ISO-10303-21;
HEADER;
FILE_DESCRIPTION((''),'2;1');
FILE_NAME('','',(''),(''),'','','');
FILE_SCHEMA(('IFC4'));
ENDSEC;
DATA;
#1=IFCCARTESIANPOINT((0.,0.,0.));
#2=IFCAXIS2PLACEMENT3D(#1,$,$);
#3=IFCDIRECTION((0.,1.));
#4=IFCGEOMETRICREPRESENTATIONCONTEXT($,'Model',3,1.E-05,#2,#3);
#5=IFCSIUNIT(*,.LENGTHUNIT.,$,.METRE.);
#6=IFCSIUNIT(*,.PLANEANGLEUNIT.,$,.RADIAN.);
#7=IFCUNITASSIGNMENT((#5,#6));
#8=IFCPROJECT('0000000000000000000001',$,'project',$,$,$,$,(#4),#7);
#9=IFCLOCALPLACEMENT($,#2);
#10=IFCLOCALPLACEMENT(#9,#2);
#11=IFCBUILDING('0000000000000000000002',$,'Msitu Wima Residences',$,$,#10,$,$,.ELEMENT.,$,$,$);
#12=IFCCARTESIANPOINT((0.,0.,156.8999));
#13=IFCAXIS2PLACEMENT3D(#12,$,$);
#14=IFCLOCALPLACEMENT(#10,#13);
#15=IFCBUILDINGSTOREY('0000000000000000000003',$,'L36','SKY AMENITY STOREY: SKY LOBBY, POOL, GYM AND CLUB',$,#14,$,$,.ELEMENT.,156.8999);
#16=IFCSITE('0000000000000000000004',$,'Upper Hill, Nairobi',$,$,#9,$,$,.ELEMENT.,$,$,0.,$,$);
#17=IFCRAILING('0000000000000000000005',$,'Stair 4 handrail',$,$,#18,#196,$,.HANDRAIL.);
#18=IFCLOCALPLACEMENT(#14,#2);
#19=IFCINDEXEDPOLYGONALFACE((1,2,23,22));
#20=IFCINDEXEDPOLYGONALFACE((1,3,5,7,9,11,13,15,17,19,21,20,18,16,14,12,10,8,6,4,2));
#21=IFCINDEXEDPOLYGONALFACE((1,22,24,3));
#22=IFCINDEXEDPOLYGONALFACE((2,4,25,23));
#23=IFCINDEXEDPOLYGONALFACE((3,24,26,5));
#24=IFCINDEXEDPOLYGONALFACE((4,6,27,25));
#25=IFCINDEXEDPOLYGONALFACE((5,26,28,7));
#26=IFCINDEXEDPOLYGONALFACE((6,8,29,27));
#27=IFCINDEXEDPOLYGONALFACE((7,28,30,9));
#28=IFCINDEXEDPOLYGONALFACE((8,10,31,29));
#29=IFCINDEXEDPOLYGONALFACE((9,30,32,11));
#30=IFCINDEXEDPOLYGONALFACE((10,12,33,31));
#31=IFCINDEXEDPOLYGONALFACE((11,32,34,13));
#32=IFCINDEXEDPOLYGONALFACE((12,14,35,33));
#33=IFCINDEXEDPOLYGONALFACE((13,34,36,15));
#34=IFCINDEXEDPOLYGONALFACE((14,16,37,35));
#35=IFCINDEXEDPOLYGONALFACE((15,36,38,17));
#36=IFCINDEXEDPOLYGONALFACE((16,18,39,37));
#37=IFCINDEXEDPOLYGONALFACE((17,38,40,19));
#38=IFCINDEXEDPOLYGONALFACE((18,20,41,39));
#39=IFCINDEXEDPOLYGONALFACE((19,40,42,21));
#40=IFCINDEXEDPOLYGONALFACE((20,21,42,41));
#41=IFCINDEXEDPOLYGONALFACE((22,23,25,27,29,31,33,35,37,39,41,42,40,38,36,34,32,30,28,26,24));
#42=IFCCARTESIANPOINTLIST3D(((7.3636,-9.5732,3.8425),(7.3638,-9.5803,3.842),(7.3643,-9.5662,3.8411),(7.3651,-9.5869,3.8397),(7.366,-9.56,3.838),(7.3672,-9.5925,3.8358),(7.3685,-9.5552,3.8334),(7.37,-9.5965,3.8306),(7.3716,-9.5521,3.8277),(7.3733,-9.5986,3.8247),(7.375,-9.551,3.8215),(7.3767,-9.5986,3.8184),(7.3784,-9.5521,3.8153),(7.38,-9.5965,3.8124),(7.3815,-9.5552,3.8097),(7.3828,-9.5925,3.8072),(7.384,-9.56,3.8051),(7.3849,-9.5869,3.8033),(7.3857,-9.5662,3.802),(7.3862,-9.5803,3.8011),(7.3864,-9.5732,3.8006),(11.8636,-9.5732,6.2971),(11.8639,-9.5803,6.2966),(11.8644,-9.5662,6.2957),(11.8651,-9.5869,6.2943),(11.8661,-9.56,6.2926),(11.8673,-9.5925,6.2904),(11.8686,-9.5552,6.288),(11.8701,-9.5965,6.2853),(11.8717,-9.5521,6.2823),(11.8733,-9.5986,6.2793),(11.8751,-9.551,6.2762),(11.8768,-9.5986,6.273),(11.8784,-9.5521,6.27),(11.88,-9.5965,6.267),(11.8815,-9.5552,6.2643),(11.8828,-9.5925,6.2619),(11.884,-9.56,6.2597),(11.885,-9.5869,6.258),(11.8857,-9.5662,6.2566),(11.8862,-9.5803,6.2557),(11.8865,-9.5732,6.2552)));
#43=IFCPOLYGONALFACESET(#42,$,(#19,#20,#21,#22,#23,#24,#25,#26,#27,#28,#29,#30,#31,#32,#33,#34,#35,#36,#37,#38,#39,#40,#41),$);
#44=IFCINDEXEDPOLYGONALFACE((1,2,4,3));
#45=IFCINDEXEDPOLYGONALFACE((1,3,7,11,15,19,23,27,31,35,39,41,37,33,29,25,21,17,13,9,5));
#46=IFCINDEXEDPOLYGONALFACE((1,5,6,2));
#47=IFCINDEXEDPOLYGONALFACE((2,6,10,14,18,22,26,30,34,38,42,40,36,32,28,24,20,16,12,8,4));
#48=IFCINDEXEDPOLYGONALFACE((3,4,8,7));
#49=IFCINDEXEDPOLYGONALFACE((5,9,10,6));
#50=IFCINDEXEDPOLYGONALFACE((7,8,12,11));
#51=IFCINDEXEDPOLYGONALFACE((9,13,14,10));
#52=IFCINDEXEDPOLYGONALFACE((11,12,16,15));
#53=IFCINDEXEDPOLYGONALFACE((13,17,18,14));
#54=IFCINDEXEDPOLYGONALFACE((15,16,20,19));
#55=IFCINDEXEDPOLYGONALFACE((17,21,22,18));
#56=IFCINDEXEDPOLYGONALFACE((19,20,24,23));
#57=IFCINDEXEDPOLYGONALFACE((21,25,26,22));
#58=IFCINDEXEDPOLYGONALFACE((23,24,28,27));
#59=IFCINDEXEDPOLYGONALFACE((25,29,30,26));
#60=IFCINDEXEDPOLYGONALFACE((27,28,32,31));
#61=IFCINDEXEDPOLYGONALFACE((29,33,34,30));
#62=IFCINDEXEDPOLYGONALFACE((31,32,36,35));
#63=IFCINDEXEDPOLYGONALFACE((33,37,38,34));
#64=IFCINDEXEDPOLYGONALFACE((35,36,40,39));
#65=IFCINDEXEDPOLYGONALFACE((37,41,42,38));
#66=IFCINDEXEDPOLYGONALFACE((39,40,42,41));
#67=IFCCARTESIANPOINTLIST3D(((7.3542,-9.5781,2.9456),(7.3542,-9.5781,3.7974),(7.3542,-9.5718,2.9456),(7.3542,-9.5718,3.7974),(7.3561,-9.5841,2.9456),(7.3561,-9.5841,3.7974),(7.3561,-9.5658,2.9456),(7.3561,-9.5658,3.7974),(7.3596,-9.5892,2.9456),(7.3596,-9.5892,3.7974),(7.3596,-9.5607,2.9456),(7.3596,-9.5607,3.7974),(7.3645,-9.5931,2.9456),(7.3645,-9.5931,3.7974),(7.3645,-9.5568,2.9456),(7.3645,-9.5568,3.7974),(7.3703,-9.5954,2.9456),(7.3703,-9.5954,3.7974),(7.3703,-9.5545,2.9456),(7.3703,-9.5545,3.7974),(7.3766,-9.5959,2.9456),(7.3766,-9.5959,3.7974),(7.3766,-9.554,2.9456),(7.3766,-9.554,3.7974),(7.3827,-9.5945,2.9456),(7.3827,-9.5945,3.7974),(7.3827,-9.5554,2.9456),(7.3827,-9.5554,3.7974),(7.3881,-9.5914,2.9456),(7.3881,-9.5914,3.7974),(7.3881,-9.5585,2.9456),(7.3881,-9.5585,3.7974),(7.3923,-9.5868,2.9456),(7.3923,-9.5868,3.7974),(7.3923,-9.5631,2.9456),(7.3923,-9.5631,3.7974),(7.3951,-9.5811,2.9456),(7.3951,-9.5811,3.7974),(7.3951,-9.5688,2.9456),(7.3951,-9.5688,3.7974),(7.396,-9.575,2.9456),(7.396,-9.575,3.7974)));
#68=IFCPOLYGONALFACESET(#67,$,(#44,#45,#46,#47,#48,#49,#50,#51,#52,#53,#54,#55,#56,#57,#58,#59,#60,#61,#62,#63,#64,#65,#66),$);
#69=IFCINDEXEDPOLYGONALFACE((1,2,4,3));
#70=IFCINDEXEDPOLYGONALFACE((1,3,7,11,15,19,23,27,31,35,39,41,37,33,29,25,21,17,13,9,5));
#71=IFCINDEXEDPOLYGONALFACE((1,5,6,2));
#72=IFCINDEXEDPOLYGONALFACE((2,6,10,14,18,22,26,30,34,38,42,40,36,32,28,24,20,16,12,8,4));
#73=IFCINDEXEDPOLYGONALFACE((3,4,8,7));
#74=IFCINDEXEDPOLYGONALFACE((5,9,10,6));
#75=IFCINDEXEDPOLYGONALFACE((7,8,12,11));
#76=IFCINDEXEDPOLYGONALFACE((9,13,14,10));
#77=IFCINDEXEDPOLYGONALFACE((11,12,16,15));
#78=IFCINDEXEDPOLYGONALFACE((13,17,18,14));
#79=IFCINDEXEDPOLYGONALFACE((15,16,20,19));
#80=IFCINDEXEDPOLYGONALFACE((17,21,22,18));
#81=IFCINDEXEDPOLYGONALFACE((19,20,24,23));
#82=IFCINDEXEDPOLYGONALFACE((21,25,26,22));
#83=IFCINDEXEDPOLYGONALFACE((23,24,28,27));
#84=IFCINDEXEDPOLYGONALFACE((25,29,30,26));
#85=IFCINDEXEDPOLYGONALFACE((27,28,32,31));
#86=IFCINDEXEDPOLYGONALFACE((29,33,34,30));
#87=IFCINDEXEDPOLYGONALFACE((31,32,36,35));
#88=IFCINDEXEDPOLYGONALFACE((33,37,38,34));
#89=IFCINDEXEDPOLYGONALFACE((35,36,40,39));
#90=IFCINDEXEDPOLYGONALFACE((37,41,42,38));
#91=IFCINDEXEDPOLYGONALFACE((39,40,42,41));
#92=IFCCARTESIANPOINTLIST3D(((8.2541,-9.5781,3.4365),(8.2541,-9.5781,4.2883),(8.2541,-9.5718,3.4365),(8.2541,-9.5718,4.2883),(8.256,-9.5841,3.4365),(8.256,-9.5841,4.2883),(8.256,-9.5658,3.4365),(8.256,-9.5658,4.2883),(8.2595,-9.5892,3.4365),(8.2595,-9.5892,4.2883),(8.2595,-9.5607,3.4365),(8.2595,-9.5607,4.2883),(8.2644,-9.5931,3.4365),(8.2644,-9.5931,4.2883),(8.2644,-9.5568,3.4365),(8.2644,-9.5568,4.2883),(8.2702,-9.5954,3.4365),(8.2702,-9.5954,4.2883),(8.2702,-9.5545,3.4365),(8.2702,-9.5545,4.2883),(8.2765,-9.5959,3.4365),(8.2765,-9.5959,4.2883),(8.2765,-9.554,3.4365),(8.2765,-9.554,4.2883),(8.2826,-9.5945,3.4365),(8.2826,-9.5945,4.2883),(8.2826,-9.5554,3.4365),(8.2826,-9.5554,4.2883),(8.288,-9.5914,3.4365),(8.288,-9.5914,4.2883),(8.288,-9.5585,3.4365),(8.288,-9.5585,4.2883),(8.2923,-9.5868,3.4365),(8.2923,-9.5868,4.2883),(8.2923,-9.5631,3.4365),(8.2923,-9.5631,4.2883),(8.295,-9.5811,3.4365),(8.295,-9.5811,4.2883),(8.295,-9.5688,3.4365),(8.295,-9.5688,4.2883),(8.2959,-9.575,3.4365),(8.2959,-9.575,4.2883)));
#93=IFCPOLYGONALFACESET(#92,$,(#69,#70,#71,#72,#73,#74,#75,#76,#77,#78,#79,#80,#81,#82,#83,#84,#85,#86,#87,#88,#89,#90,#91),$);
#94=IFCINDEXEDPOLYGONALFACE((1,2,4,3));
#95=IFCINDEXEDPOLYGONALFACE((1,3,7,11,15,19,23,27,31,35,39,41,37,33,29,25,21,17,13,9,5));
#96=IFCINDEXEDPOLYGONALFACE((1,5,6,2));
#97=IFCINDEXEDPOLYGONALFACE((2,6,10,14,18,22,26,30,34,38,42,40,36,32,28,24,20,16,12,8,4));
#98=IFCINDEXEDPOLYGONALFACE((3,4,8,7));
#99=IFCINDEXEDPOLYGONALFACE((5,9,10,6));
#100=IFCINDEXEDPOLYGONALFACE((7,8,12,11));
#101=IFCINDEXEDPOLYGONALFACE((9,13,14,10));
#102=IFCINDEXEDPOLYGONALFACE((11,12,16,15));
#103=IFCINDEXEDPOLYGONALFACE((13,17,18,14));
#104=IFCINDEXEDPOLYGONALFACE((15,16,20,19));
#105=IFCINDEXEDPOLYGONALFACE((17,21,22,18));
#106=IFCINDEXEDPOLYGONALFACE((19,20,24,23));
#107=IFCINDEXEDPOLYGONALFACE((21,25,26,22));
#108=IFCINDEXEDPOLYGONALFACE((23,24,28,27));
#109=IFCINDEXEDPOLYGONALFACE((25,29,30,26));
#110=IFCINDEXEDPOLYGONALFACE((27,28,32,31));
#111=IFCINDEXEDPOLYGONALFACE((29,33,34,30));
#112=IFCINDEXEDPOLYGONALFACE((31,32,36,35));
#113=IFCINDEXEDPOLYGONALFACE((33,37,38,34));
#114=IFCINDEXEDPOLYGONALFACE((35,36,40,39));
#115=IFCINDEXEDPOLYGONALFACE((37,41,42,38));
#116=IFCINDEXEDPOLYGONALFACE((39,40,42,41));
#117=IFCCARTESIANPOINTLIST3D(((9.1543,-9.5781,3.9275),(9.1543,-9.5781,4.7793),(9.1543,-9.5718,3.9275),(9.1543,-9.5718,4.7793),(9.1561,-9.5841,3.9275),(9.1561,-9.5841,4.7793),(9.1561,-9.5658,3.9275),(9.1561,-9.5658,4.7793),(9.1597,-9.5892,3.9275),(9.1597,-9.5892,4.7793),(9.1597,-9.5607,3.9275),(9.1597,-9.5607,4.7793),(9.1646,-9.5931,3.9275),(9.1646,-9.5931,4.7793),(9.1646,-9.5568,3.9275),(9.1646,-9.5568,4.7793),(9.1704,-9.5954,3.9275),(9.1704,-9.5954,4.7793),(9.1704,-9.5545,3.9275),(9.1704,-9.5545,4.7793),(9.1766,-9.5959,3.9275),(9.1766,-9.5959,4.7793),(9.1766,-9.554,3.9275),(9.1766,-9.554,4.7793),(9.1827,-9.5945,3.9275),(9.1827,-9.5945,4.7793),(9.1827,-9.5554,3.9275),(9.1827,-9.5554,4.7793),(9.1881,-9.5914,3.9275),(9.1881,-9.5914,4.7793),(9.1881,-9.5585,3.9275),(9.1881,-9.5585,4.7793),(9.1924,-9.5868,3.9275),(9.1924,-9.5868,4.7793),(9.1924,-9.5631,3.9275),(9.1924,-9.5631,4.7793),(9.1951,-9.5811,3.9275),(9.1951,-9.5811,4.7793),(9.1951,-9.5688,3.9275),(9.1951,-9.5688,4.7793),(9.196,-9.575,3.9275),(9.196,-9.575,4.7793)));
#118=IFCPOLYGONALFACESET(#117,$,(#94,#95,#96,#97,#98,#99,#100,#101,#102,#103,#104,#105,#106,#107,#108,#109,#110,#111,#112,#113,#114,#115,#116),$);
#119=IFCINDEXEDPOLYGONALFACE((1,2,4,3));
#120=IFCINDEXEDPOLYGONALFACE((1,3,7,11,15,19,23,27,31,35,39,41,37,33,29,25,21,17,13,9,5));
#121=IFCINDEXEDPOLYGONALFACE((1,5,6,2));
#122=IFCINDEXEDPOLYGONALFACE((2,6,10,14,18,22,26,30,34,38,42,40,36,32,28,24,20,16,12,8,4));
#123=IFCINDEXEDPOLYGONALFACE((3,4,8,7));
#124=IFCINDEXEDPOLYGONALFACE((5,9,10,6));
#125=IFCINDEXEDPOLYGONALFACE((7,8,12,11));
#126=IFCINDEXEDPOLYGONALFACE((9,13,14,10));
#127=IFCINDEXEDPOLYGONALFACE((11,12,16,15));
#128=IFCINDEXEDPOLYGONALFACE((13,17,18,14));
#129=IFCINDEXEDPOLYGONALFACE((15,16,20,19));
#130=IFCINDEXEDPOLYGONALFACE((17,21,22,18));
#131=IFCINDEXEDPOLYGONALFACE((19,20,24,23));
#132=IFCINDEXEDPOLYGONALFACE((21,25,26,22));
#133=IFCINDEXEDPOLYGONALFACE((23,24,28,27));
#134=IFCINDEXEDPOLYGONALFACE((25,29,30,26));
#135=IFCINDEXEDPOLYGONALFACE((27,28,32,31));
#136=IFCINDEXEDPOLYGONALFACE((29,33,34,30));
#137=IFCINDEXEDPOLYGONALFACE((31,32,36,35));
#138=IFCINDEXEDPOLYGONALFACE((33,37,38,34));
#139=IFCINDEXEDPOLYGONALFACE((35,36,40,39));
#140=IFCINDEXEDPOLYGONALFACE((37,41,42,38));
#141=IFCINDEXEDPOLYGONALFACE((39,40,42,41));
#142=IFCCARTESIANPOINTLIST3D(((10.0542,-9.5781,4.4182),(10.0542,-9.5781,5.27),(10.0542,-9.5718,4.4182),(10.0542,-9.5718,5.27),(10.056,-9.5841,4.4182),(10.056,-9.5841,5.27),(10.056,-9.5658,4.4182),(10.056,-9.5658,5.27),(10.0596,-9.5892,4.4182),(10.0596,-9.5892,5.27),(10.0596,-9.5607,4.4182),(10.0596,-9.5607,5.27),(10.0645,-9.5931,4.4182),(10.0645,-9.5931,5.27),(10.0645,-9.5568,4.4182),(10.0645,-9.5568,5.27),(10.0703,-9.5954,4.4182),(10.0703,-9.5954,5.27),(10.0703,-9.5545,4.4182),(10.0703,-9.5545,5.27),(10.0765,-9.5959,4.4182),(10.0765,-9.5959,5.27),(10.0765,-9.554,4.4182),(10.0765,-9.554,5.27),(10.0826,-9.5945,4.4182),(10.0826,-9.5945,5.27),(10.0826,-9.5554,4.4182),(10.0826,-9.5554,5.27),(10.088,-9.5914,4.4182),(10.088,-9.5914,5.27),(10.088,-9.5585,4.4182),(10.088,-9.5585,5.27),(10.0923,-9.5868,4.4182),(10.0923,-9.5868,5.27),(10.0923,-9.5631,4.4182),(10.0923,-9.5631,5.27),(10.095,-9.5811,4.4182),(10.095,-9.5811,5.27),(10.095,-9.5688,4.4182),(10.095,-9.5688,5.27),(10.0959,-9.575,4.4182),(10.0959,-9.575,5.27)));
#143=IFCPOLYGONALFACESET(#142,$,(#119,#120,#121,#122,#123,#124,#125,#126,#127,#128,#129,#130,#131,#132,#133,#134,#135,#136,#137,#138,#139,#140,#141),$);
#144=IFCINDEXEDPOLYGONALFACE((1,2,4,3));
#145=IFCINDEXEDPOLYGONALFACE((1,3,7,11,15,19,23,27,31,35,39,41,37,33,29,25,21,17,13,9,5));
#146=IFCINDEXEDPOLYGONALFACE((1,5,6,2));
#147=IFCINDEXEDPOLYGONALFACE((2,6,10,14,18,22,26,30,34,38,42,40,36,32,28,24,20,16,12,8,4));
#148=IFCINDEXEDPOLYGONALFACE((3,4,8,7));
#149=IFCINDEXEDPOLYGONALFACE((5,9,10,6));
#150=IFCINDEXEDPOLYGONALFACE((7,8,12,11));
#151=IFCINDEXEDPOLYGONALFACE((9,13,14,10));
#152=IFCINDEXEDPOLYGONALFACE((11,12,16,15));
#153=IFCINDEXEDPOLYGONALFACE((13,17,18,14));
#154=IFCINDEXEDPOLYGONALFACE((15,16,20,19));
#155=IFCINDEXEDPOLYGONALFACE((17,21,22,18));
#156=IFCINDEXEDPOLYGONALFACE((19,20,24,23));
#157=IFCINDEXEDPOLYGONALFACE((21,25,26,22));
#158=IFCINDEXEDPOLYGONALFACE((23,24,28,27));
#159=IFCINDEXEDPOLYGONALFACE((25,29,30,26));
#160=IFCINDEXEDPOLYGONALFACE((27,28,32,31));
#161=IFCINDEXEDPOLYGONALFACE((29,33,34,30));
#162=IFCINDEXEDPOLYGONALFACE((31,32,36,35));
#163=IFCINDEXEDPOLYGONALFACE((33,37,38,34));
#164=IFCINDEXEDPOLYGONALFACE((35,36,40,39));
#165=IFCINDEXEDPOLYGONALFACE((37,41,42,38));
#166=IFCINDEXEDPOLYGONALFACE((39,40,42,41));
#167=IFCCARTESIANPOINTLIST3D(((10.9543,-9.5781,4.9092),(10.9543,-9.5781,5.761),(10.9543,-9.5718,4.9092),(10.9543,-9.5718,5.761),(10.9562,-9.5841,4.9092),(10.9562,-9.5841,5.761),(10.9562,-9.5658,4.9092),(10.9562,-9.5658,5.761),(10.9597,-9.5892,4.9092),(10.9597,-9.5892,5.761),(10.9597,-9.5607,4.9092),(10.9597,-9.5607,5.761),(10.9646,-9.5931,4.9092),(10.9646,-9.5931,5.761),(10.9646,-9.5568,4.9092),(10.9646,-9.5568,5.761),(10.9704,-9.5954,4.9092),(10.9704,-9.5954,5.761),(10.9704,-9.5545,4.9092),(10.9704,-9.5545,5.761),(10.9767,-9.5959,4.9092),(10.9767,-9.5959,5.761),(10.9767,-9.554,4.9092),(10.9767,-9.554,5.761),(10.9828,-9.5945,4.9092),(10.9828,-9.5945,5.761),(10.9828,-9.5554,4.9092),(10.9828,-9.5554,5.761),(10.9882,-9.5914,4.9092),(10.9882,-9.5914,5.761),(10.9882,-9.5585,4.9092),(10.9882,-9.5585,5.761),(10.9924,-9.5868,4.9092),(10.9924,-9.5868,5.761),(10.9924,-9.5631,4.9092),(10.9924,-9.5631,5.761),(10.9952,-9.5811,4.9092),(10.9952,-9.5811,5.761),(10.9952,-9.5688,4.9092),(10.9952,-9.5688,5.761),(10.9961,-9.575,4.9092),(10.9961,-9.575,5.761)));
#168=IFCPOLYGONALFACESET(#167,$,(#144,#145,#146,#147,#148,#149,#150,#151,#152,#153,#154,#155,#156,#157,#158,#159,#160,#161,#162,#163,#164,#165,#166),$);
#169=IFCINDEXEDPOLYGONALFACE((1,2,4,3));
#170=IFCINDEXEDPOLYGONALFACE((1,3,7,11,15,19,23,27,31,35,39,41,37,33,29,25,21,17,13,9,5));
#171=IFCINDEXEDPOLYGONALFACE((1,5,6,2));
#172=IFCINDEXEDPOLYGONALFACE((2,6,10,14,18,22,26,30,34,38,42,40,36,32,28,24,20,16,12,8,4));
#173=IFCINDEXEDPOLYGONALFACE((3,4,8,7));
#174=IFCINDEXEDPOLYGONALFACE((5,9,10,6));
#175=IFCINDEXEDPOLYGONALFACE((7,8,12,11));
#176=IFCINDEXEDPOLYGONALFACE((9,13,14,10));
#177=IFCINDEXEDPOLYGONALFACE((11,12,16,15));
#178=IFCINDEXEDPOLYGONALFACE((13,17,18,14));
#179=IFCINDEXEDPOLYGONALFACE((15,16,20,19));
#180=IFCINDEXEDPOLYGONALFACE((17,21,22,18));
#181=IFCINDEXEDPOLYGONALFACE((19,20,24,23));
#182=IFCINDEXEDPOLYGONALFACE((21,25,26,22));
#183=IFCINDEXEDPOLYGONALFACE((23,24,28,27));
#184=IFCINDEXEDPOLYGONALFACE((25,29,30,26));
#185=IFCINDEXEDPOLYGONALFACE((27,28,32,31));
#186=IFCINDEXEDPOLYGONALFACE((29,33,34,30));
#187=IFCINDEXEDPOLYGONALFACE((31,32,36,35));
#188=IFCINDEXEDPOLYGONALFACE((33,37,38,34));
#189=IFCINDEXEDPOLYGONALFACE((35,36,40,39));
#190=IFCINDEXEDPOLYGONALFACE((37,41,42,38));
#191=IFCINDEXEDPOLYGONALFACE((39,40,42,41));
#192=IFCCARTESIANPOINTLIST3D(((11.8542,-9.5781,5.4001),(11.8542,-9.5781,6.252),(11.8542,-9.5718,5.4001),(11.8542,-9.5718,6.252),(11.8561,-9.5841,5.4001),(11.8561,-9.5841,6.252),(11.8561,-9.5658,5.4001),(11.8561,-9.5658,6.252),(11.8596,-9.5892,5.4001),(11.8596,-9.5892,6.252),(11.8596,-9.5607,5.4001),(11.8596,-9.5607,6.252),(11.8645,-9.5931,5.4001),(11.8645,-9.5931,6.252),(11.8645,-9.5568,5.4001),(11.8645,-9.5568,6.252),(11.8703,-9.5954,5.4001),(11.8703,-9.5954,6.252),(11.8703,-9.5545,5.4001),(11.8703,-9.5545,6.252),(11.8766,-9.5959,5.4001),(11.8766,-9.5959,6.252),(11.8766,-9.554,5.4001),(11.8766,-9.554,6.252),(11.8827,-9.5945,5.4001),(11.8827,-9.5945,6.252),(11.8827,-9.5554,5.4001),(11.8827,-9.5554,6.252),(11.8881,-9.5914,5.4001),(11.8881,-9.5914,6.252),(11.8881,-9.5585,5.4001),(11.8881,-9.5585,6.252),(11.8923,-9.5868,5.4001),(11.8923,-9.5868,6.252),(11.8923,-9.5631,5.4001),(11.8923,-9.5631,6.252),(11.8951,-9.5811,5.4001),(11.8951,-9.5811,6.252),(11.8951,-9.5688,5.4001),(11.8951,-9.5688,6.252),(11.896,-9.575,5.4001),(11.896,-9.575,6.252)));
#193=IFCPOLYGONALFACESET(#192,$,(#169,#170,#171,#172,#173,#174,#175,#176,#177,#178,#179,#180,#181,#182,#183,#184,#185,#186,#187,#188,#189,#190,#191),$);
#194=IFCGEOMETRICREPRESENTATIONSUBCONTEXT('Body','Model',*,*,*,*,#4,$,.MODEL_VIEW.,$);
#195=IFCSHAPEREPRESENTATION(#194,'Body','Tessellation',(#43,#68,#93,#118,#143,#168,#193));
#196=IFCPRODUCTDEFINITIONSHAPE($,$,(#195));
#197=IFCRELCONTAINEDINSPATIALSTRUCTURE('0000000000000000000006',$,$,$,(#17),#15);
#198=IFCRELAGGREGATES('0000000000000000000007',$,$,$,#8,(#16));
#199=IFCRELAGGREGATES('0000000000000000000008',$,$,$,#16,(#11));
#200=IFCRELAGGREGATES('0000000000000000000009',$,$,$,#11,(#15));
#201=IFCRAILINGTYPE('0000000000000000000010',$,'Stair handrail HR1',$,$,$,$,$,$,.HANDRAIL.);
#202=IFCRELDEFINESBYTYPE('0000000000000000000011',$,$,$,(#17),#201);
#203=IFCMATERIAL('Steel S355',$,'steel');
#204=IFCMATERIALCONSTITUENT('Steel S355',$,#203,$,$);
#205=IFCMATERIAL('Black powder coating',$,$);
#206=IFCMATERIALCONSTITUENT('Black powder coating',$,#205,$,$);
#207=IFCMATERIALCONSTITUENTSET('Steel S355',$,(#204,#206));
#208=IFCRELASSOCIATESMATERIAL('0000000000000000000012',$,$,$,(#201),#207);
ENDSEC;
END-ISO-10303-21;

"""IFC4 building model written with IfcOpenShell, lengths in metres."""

from ifc_helpers import new_model, si_unit, direction, frame, origin, origin_2d, place, context, subcontext, project, spatial, circle, extrude, material, constituent, constituent_set, type_object, element, save


model = new_model("IFC4")

# Units and contexts
model_context = context("Model", 3, precision=1e-05, world=origin(), true_north=direction((0.0, 1.0)))
body_context = subcontext(model_context, "Body", "Model", "MODEL_VIEW")
ifc_project = project(units=[si_unit("LENGTHUNIT", "METRE"), si_unit("PLANEANGLEUNIT", "RADIAN")], contexts=[model_context])

# Site, building, storey
site_placement = place(None, origin())
site = spatial("IfcSite", under=ifc_project, at=site_placement, Name="Upper Hill, Nairobi", CompositionType="ELEMENT", RefElevation=0.0)
building_placement = place(site_placement, origin())
building = spatial("IfcBuilding", under=site, at=building_placement, Name="Msitu Wima Residences", CompositionType="ELEMENT")
storey_placement = place(building_placement, frame((0.0, 0.0, 156.8999)))
storey = spatial("IfcBuildingStorey", under=building, at=storey_placement, Name="L36", Description="SKY AMENITY STOREY: SKY LOBBY, POOL, GYM AND CLUB", CompositionType="ELEMENT", Elevation=156.8999)

# Railing
ifc_material_1 = material(Name="Steel S355", Category="steel")
ifc_constituent_1 = constituent(ifc_material_1, Name="Steel S355")
ifc_material_2 = material(Name="Black powder coating")
ifc_constituent_2 = constituent(ifc_material_2, Name="Black powder coating")
ifc_constituent_set = constituent_set(constituents=[ifc_constituent_1, ifc_constituent_2], Name="Steel S355")
railing_type = type_object("IfcRailingType", Name="Stair handrail HR1", PredefinedType="HANDRAIL", material=ifc_constituent_set)
for number, where, name in (
    (1, (7.375, -9.575, 2.9456), "Stair 4 handrail"),
):
    element("IfcRailing", number, at=place(storey_placement, frame(where)), inside=storey, type_object=railing_type, Name=name, PredefinedType="HANDRAIL", context=body_context, shape_type="SweptSolid", body=[
        extrude(circle(Radius=0.0239, at=origin_2d()), frame((0.0, 0.0, 0.876), z_axis=(0.877892, 0.0, 0.478859), x_axis=(0.0, 1.0, 0.0)), (0.0, 0.0, 1.0), 5.126),
        extrude(circle(Radius=0.021, at=origin_2d()), origin(), (0.0, 0.0, 1.0), 0.8518),
        extrude(circle(Radius=0.021, at=origin_2d()), frame((0.8999, 0.0, 0.491)), (0.0, 0.0, 1.0), 0.8518),
        extrude(circle(Radius=0.021, at=origin_2d()), frame((1.8, 0.0, 0.9819)), (0.0, 0.0, 1.0), 0.8518),
        extrude(circle(Radius=0.021, at=origin_2d()), frame((2.7, 0.0, 1.4727)), (0.0, 0.0, 1.0), 0.8518),
        extrude(circle(Radius=0.021, at=origin_2d()), frame((3.6001, 0.0, 1.9636)), (0.0, 0.0, 1.0), 0.8518),
        extrude(circle(Radius=0.021, at=origin_2d()), frame((4.5, 0.0, 2.4546)), (0.0, 0.0, 1.0), 0.8518),
    ])

save(model, "model.ifc")
